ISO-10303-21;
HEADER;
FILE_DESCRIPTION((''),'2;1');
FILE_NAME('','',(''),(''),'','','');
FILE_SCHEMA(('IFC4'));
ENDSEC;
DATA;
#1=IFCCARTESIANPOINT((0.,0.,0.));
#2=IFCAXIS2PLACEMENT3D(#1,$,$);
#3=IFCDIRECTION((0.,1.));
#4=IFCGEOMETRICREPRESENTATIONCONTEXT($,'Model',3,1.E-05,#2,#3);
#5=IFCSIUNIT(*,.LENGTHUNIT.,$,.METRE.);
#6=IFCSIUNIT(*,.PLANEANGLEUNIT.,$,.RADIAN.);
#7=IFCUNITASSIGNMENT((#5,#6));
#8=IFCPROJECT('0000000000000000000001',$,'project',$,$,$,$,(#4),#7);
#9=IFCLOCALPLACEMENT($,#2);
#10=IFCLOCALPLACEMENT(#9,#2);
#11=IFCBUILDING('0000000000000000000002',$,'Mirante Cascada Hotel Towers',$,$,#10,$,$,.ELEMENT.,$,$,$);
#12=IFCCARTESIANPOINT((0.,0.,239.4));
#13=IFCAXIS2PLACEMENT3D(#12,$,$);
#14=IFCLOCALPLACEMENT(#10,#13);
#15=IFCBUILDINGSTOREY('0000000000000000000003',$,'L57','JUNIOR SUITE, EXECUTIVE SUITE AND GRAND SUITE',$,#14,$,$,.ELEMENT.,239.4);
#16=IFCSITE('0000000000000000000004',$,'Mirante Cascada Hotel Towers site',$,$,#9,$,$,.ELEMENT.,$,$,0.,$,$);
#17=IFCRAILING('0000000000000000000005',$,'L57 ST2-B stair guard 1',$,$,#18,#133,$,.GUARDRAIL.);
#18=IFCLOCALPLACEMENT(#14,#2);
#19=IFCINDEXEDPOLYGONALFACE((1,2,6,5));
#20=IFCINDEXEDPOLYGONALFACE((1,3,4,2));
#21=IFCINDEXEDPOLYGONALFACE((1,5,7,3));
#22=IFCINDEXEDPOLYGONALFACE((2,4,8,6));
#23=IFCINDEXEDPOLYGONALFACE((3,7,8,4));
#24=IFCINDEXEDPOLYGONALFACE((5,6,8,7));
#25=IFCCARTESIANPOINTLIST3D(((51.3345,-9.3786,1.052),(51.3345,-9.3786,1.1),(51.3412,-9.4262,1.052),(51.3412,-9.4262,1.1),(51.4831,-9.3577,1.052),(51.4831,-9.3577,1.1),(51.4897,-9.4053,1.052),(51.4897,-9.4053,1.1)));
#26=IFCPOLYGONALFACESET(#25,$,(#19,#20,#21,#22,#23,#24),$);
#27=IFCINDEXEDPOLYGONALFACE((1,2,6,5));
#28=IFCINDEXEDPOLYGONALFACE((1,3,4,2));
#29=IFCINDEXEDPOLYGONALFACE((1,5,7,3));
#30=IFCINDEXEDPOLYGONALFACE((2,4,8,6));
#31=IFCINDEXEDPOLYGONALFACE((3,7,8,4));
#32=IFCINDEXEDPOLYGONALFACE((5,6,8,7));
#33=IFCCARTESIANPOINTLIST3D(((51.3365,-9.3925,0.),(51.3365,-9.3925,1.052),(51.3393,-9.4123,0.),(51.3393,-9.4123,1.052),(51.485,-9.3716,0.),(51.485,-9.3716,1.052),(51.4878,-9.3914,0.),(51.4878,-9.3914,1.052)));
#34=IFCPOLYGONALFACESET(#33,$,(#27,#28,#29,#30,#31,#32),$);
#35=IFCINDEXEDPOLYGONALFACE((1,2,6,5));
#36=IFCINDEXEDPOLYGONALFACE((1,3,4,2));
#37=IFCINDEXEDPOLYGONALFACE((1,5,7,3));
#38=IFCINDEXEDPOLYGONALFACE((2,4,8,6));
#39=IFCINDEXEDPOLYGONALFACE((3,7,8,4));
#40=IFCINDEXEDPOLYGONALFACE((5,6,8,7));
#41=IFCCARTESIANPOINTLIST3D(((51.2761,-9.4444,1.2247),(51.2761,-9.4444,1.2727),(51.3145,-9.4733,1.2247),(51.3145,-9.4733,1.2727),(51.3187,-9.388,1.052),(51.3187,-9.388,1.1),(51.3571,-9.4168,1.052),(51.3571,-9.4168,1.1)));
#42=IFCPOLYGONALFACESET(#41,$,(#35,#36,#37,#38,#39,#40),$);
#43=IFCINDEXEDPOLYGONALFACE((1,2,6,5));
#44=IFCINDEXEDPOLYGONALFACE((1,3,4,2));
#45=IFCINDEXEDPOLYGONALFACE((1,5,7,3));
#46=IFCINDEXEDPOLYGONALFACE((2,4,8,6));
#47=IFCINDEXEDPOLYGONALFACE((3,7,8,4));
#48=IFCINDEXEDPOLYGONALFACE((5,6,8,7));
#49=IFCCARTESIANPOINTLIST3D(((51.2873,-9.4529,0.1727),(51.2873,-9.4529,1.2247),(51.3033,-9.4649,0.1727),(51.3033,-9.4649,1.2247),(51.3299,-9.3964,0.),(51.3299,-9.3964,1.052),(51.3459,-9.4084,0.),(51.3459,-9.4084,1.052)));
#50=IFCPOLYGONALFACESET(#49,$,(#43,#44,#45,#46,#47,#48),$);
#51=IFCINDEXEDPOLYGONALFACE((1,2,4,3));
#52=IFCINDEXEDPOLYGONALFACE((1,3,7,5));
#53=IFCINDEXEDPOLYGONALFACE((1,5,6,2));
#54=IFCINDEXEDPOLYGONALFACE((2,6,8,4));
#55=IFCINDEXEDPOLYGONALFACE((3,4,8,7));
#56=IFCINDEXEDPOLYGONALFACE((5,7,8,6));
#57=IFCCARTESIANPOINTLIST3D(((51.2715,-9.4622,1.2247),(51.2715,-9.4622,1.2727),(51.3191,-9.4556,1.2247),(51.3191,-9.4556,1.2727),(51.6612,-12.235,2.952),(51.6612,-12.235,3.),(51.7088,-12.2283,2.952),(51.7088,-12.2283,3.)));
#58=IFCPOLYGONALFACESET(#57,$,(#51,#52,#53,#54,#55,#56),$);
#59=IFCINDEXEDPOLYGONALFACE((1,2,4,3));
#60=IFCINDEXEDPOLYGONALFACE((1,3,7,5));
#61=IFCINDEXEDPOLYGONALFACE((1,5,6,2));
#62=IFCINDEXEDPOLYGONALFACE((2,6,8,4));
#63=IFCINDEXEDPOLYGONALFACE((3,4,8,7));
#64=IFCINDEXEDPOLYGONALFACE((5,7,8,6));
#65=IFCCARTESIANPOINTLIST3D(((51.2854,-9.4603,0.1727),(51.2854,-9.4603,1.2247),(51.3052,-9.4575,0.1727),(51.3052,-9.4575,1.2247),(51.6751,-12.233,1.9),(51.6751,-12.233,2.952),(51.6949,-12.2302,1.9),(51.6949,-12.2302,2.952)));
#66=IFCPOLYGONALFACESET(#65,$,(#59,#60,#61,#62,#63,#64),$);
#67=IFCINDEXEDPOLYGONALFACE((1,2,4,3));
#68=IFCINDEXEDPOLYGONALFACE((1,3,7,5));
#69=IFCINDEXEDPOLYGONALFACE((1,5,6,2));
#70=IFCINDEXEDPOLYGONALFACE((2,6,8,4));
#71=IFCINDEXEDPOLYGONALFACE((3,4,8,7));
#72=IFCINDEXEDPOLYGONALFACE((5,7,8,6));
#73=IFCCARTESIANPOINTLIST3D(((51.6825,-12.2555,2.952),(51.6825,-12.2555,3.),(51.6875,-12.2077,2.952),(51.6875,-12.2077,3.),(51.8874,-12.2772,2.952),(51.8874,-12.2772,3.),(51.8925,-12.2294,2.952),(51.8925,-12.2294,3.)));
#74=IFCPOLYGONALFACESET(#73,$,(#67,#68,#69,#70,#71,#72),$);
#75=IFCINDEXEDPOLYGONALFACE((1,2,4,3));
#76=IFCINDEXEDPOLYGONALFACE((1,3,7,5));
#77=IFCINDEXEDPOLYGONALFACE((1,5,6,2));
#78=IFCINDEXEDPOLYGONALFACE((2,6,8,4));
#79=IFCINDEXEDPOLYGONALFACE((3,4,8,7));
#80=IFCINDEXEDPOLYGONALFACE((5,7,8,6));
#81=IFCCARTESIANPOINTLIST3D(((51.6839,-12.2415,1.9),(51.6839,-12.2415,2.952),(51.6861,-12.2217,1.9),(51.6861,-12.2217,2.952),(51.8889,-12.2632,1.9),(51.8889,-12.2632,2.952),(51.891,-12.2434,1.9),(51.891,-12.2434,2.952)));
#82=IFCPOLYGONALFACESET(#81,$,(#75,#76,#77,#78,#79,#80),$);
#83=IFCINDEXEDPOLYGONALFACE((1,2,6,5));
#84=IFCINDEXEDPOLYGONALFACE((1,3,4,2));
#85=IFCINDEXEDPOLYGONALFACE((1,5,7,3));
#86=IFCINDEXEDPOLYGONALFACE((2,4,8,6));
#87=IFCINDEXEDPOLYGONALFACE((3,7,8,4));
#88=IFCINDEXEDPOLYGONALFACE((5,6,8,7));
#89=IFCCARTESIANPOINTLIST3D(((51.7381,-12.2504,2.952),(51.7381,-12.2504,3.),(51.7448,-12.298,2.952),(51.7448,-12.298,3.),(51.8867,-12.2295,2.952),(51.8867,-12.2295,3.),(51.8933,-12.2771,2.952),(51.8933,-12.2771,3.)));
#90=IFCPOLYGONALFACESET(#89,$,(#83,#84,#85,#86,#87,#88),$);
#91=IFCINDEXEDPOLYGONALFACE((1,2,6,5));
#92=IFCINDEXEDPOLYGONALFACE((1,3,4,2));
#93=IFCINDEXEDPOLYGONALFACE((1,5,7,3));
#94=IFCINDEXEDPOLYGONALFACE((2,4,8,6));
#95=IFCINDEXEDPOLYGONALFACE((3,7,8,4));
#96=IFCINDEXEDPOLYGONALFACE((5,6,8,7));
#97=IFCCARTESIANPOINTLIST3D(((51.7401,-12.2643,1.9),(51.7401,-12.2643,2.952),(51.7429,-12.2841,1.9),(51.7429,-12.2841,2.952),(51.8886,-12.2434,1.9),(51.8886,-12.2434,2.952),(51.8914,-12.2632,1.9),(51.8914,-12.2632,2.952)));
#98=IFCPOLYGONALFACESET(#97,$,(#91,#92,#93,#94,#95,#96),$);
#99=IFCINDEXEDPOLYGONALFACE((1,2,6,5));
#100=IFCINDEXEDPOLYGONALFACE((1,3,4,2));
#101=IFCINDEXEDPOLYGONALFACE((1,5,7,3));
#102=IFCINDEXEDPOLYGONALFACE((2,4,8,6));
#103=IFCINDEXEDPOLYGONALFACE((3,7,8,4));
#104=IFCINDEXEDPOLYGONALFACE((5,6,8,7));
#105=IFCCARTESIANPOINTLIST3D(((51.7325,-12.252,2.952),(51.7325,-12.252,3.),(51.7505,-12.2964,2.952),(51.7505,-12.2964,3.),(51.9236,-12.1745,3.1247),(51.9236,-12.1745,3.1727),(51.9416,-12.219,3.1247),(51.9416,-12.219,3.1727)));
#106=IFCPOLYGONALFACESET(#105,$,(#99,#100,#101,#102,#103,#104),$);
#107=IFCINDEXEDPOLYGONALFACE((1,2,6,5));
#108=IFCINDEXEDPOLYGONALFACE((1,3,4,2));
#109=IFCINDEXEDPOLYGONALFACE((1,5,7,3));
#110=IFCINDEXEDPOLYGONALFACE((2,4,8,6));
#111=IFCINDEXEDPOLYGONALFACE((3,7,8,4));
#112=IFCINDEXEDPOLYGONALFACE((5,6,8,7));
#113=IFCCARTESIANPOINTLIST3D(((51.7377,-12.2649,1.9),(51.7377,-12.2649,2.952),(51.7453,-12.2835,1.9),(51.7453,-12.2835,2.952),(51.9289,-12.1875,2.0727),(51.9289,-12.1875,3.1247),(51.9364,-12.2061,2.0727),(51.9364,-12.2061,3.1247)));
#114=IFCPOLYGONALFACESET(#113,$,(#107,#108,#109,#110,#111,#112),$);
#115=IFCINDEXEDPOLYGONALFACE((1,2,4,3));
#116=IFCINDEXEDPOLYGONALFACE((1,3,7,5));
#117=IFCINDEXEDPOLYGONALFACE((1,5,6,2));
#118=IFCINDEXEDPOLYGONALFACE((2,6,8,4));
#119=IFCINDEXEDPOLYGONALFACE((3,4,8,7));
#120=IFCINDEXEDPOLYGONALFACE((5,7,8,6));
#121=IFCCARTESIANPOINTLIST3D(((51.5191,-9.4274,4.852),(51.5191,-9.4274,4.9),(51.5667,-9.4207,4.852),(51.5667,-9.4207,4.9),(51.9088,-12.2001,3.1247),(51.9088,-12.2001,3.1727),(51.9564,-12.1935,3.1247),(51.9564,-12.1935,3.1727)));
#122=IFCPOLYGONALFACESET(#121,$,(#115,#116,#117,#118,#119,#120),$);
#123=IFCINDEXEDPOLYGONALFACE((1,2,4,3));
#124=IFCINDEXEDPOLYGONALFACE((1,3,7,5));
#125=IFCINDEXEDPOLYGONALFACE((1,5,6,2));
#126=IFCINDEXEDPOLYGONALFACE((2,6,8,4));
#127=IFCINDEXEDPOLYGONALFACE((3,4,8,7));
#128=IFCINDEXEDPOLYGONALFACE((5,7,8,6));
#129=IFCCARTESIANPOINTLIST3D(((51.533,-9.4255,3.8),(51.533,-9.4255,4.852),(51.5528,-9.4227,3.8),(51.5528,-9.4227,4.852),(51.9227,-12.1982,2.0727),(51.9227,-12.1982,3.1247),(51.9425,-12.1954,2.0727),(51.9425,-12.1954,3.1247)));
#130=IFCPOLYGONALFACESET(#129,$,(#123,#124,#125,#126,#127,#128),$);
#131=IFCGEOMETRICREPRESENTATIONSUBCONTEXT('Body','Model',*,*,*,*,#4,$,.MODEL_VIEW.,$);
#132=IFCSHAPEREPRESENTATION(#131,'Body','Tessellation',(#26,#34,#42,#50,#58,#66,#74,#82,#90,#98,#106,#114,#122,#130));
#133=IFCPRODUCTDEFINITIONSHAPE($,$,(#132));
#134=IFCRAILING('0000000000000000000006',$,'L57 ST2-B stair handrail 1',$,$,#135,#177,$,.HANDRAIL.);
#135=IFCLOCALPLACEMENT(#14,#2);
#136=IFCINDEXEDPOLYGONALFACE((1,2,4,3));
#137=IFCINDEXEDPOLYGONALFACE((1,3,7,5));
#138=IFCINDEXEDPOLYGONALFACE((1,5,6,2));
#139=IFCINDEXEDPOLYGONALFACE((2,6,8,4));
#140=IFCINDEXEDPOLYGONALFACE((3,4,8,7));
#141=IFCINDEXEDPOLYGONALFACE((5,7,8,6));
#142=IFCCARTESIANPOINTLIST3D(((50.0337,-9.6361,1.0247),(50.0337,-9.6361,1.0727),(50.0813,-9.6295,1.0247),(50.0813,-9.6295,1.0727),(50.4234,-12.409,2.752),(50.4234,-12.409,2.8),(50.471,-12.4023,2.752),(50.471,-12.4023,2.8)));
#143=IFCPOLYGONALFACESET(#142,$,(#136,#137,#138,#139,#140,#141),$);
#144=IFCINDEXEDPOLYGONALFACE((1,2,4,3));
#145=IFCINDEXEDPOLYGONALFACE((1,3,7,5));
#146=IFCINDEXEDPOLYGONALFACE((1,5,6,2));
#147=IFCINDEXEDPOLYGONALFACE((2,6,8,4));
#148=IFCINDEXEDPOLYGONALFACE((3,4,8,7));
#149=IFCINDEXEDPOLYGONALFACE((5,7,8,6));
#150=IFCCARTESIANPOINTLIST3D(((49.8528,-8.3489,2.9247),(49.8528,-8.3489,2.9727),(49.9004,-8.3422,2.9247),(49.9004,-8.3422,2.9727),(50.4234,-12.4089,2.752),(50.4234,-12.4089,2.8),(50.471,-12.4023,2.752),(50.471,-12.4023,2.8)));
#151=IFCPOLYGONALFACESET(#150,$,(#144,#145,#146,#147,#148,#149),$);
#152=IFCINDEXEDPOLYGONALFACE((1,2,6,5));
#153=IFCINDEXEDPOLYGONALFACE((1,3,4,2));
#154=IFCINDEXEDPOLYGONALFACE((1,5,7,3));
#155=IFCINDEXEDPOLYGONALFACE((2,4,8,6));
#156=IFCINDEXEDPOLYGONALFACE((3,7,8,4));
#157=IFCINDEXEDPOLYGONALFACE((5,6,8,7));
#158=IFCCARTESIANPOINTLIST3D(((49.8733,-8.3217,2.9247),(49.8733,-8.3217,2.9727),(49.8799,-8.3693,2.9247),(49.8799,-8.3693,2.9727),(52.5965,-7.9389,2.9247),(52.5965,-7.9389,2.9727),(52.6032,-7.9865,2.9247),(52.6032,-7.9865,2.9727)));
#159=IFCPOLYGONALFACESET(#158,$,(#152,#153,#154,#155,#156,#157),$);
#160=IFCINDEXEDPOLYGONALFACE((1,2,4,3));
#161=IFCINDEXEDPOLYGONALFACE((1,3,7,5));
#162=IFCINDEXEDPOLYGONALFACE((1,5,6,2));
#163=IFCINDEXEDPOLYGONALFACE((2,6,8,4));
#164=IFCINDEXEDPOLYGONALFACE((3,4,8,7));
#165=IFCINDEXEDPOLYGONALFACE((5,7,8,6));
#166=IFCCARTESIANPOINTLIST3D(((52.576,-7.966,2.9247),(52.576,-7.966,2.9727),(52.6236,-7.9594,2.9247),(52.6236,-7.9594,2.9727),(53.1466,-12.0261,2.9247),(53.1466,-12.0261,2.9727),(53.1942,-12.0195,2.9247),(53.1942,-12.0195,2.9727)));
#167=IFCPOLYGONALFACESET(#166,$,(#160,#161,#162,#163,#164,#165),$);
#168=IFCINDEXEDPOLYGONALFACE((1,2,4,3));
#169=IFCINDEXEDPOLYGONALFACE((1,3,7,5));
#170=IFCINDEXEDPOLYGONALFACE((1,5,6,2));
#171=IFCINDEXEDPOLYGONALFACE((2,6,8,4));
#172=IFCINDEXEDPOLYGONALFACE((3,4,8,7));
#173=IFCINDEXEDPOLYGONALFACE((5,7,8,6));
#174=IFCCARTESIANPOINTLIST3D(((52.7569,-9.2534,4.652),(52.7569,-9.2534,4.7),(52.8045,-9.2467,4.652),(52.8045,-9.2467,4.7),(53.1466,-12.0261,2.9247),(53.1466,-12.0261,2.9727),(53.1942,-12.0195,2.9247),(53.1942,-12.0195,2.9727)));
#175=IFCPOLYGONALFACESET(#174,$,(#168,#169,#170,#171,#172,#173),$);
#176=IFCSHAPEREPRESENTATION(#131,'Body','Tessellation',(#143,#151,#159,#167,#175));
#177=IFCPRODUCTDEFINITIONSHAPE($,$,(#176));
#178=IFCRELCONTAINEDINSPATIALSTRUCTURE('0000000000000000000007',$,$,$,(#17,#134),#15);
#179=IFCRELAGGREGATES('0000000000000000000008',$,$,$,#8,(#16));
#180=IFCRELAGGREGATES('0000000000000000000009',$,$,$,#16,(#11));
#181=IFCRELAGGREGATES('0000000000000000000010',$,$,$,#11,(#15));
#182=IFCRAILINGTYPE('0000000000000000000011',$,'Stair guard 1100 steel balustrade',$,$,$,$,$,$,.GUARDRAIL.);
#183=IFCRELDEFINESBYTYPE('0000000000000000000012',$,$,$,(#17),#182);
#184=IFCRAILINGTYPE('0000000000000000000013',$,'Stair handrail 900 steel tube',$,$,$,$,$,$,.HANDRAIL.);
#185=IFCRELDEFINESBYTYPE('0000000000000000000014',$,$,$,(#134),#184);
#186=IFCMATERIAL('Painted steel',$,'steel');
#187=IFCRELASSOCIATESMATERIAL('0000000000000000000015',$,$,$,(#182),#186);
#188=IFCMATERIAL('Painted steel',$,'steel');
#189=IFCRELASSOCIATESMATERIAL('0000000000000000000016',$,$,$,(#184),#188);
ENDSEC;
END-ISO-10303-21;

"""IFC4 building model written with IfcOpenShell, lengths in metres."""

from ifc_helpers import new_model, si_unit, direction, frame, origin, origin_2d, place, context, subcontext, project, spatial, rectangle, extrude, material, type_object, element, save


model = new_model("IFC4")

# Units and contexts
model_context = context("Model", 3, precision=1e-05, world=origin(), true_north=direction((0.0, 1.0)))
body_context = subcontext(model_context, "Body", "Model", "MODEL_VIEW")
ifc_project = project(units=[si_unit("LENGTHUNIT", "METRE"), si_unit("PLANEANGLEUNIT", "RADIAN")], contexts=[model_context])

# Site, building, storey
site_placement = place(None, origin())
site = spatial("IfcSite", under=ifc_project, at=site_placement, Name="Mirante Cascada Hotel Towers site", CompositionType="ELEMENT", RefElevation=0.0)
building_placement = place(site_placement, origin())
building = spatial("IfcBuilding", under=site, at=building_placement, Name="Mirante Cascada Hotel Towers", CompositionType="ELEMENT")
storey_placement = place(building_placement, frame((0.0, 0.0, 239.4)))
storey = spatial("IfcBuildingStorey", under=building, at=storey_placement, Name="L57", Description="JUNIOR SUITE, EXECUTIVE SUITE AND GRAND SUITE", CompositionType="ELEMENT", Elevation=239.4)

# Railings
ifc_material_1 = material(Name="Painted steel", Category="steel")
railing_type_1 = type_object("IfcRailingType", Name="Stair guard 1100 steel balustrade", PredefinedType="GUARDRAIL", material=ifc_material_1)
railing_1_placement = place(storey_placement, frame((51.4864, -9.3815, 0.0)))
element("IfcRailing", 1, at=railing_1_placement, inside=storey, type_object=railing_type_1, Name="L57 ST2-B stair guard 1", PredefinedType="GUARDRAIL", context=body_context, shape_type="SweptSolid", body=[
    extrude(rectangle(XDim=0.048, YDim=0.048, at=origin_2d()), frame((0.0, 0.0, 1.076), z_axis=(-0.990241, -0.139367, 0.0), x_axis=(0.139367, -0.990241, 0.0)), (0.0, 0.0, 1.0), 0.15),
    extrude(rectangle(XDim=0.02, YDim=1.052, at=origin_2d()), frame((0.0, 0.0, 0.526), z_axis=(-0.990241, -0.139367, 0.0), x_axis=(0.139367, -0.990241, 0.0)), (0.0, 0.0, 1.0), 0.15),
    extrude(rectangle(XDim=0.048, YDim=0.048, at=origin_2d()), frame((-0.1485, -0.0209, 1.076), z_axis=(-0.602033, -0.798471, 0.0), x_axis=(0.798471, -0.602033, 0.0)), (0.0, 0.92534, 0.379139), 0.1866),
    extrude(rectangle(XDim=0.02, YDim=1.052, at=origin_2d()), frame((-0.1485, -0.0209, 0.526), z_axis=(-0.602033, -0.798471, 0.0), x_axis=(0.798471, -0.602033, 0.0)), (0.0, 0.92534, 0.379139), 0.1866),
    extrude(rectangle(XDim=0.048, YDim=0.048, at=origin_2d()), frame((-0.1911, -0.0774, 1.2487), z_axis=(0.139181, -0.990267, 0.0), x_axis=(0.990267, 0.139181, 0.0)), (0.0, 0.525035, 0.851081), 3.2899),
    extrude(rectangle(XDim=0.02, YDim=1.052, at=origin_2d()), frame((-0.1911, -0.0774, 0.6987), z_axis=(0.139181, -0.990267, 0.0), x_axis=(0.990267, 0.139181, 0.0)), (0.0, 0.525035, 0.851081), 3.2899),
    extrude(rectangle(XDim=0.048, YDim=0.048, at=origin_2d()), frame((0.1986, -2.8501, 2.976), z_axis=(0.994444, -0.105266, 0.0), x_axis=(0.105266, 0.994444, 0.0)), (0.0, 0.0, 1.0), 0.2061),
    extrude(rectangle(XDim=0.02, YDim=1.052, at=origin_2d()), frame((0.1986, -2.8501, 2.426), z_axis=(0.994444, -0.105266, 0.0), x_axis=(0.105266, 0.994444, 0.0)), (0.0, 0.0, 1.0), 0.2061),
    extrude(rectangle(XDim=0.048, YDim=0.048, at=origin_2d()), frame((0.4036, -2.8718, 2.976), z_axis=(-0.990241, -0.139367, 0.0), x_axis=(0.139367, -0.990241, 0.0)), (0.0, 0.0, 1.0), 0.15),
    extrude(rectangle(XDim=0.02, YDim=1.052, at=origin_2d()), frame((0.4036, -2.8718, 2.426), z_axis=(-0.990241, -0.139367, 0.0), x_axis=(0.139367, -0.990241, 0.0)), (0.0, 0.0, 1.0), 0.15),
    extrude(rectangle(XDim=0.048, YDim=0.048, at=origin_2d()), frame((0.2551, -2.8927, 2.976), z_axis=(0.926862, 0.375401, 0.0), x_axis=(-0.375401, 0.926862, 0.0)), (0.0, 0.642122, 0.766603), 0.269),
    extrude(rectangle(XDim=0.02, YDim=1.052, at=origin_2d()), frame((0.2551, -2.8927, 2.426), z_axis=(0.926862, 0.375401, 0.0), x_axis=(-0.375401, 0.926862, 0.0)), (0.0, 0.642122, 0.766603), 0.269),
    extrude(rectangle(XDim=0.048, YDim=0.048, at=origin_2d()), frame((0.4462, -2.8153, 3.1487), z_axis=(-0.139181, 0.990267, 0.0), x_axis=(-0.990267, -0.139181, 0.0)), (0.0, 0.525035, 0.851081), 3.2899),
    extrude(rectangle(XDim=0.02, YDim=1.052, at=origin_2d()), frame((0.4462, -2.8153, 2.5987), z_axis=(-0.139181, 0.990267, 0.0), x_axis=(-0.990267, -0.139181, 0.0)), (0.0, 0.525035, 0.851081), 3.2899),
])
ifc_material_2 = material(Name="Painted steel", Category="steel")
railing_type_2 = type_object("IfcRailingType", Name="Stair handrail 900 steel tube", PredefinedType="HANDRAIL", material=ifc_material_2)
railing_2_placement = place(storey_placement, frame((50.0575, -9.6328, 0.1727)))
element("IfcRailing", 2, at=railing_2_placement, inside=storey, type_object=railing_type_2, Name="L57 ST2-B stair handrail 1", PredefinedType="HANDRAIL", context=body_context, shape_type="SweptSolid", body=[
    extrude(rectangle(XDim=0.048, YDim=0.048, at=origin_2d()), frame((0.0, 0.0, 0.876), z_axis=(0.139176, -0.990268, 0.0), x_axis=(0.990268, 0.139176, 0.0)), (0.0, 0.525021, 0.851089), 3.29),
    extrude(rectangle(XDim=0.048, YDim=0.048, at=origin_2d()), frame((0.3897, -2.7728, 2.6033), z_axis=(-0.139171, 0.990268, 0.0), x_axis=(-0.990268, -0.139171, 0.0)), (0.0, 0.042085, 0.999114), 4.1036),
    extrude(rectangle(XDim=0.048, YDim=0.048, at=origin_2d()), frame((-0.1809, 1.2873, 2.776), z_axis=(0.990264, 0.139201, 0.0), x_axis=(-0.139201, 0.990264, 0.0)), (0.0, 0.0, 1.0), 2.75),
    extrude(rectangle(XDim=0.048, YDim=0.048, at=origin_2d()), frame((2.5423, 1.6701, 2.776), z_axis=(0.139171, -0.990268, 0.0), x_axis=(0.990268, 0.139171, 0.0)), (0.0, 0.0, 1.0), 4.1),
    extrude(rectangle(XDim=0.048, YDim=0.048, at=origin_2d()), frame((3.1129, -2.39, 2.776), z_axis=(-0.139181, 0.990267, 0.0), x_axis=(-0.990267, -0.139181, 0.0)), (0.0, 0.525035, 0.851081), 3.2899),
])

save(model, "model.ifc")
